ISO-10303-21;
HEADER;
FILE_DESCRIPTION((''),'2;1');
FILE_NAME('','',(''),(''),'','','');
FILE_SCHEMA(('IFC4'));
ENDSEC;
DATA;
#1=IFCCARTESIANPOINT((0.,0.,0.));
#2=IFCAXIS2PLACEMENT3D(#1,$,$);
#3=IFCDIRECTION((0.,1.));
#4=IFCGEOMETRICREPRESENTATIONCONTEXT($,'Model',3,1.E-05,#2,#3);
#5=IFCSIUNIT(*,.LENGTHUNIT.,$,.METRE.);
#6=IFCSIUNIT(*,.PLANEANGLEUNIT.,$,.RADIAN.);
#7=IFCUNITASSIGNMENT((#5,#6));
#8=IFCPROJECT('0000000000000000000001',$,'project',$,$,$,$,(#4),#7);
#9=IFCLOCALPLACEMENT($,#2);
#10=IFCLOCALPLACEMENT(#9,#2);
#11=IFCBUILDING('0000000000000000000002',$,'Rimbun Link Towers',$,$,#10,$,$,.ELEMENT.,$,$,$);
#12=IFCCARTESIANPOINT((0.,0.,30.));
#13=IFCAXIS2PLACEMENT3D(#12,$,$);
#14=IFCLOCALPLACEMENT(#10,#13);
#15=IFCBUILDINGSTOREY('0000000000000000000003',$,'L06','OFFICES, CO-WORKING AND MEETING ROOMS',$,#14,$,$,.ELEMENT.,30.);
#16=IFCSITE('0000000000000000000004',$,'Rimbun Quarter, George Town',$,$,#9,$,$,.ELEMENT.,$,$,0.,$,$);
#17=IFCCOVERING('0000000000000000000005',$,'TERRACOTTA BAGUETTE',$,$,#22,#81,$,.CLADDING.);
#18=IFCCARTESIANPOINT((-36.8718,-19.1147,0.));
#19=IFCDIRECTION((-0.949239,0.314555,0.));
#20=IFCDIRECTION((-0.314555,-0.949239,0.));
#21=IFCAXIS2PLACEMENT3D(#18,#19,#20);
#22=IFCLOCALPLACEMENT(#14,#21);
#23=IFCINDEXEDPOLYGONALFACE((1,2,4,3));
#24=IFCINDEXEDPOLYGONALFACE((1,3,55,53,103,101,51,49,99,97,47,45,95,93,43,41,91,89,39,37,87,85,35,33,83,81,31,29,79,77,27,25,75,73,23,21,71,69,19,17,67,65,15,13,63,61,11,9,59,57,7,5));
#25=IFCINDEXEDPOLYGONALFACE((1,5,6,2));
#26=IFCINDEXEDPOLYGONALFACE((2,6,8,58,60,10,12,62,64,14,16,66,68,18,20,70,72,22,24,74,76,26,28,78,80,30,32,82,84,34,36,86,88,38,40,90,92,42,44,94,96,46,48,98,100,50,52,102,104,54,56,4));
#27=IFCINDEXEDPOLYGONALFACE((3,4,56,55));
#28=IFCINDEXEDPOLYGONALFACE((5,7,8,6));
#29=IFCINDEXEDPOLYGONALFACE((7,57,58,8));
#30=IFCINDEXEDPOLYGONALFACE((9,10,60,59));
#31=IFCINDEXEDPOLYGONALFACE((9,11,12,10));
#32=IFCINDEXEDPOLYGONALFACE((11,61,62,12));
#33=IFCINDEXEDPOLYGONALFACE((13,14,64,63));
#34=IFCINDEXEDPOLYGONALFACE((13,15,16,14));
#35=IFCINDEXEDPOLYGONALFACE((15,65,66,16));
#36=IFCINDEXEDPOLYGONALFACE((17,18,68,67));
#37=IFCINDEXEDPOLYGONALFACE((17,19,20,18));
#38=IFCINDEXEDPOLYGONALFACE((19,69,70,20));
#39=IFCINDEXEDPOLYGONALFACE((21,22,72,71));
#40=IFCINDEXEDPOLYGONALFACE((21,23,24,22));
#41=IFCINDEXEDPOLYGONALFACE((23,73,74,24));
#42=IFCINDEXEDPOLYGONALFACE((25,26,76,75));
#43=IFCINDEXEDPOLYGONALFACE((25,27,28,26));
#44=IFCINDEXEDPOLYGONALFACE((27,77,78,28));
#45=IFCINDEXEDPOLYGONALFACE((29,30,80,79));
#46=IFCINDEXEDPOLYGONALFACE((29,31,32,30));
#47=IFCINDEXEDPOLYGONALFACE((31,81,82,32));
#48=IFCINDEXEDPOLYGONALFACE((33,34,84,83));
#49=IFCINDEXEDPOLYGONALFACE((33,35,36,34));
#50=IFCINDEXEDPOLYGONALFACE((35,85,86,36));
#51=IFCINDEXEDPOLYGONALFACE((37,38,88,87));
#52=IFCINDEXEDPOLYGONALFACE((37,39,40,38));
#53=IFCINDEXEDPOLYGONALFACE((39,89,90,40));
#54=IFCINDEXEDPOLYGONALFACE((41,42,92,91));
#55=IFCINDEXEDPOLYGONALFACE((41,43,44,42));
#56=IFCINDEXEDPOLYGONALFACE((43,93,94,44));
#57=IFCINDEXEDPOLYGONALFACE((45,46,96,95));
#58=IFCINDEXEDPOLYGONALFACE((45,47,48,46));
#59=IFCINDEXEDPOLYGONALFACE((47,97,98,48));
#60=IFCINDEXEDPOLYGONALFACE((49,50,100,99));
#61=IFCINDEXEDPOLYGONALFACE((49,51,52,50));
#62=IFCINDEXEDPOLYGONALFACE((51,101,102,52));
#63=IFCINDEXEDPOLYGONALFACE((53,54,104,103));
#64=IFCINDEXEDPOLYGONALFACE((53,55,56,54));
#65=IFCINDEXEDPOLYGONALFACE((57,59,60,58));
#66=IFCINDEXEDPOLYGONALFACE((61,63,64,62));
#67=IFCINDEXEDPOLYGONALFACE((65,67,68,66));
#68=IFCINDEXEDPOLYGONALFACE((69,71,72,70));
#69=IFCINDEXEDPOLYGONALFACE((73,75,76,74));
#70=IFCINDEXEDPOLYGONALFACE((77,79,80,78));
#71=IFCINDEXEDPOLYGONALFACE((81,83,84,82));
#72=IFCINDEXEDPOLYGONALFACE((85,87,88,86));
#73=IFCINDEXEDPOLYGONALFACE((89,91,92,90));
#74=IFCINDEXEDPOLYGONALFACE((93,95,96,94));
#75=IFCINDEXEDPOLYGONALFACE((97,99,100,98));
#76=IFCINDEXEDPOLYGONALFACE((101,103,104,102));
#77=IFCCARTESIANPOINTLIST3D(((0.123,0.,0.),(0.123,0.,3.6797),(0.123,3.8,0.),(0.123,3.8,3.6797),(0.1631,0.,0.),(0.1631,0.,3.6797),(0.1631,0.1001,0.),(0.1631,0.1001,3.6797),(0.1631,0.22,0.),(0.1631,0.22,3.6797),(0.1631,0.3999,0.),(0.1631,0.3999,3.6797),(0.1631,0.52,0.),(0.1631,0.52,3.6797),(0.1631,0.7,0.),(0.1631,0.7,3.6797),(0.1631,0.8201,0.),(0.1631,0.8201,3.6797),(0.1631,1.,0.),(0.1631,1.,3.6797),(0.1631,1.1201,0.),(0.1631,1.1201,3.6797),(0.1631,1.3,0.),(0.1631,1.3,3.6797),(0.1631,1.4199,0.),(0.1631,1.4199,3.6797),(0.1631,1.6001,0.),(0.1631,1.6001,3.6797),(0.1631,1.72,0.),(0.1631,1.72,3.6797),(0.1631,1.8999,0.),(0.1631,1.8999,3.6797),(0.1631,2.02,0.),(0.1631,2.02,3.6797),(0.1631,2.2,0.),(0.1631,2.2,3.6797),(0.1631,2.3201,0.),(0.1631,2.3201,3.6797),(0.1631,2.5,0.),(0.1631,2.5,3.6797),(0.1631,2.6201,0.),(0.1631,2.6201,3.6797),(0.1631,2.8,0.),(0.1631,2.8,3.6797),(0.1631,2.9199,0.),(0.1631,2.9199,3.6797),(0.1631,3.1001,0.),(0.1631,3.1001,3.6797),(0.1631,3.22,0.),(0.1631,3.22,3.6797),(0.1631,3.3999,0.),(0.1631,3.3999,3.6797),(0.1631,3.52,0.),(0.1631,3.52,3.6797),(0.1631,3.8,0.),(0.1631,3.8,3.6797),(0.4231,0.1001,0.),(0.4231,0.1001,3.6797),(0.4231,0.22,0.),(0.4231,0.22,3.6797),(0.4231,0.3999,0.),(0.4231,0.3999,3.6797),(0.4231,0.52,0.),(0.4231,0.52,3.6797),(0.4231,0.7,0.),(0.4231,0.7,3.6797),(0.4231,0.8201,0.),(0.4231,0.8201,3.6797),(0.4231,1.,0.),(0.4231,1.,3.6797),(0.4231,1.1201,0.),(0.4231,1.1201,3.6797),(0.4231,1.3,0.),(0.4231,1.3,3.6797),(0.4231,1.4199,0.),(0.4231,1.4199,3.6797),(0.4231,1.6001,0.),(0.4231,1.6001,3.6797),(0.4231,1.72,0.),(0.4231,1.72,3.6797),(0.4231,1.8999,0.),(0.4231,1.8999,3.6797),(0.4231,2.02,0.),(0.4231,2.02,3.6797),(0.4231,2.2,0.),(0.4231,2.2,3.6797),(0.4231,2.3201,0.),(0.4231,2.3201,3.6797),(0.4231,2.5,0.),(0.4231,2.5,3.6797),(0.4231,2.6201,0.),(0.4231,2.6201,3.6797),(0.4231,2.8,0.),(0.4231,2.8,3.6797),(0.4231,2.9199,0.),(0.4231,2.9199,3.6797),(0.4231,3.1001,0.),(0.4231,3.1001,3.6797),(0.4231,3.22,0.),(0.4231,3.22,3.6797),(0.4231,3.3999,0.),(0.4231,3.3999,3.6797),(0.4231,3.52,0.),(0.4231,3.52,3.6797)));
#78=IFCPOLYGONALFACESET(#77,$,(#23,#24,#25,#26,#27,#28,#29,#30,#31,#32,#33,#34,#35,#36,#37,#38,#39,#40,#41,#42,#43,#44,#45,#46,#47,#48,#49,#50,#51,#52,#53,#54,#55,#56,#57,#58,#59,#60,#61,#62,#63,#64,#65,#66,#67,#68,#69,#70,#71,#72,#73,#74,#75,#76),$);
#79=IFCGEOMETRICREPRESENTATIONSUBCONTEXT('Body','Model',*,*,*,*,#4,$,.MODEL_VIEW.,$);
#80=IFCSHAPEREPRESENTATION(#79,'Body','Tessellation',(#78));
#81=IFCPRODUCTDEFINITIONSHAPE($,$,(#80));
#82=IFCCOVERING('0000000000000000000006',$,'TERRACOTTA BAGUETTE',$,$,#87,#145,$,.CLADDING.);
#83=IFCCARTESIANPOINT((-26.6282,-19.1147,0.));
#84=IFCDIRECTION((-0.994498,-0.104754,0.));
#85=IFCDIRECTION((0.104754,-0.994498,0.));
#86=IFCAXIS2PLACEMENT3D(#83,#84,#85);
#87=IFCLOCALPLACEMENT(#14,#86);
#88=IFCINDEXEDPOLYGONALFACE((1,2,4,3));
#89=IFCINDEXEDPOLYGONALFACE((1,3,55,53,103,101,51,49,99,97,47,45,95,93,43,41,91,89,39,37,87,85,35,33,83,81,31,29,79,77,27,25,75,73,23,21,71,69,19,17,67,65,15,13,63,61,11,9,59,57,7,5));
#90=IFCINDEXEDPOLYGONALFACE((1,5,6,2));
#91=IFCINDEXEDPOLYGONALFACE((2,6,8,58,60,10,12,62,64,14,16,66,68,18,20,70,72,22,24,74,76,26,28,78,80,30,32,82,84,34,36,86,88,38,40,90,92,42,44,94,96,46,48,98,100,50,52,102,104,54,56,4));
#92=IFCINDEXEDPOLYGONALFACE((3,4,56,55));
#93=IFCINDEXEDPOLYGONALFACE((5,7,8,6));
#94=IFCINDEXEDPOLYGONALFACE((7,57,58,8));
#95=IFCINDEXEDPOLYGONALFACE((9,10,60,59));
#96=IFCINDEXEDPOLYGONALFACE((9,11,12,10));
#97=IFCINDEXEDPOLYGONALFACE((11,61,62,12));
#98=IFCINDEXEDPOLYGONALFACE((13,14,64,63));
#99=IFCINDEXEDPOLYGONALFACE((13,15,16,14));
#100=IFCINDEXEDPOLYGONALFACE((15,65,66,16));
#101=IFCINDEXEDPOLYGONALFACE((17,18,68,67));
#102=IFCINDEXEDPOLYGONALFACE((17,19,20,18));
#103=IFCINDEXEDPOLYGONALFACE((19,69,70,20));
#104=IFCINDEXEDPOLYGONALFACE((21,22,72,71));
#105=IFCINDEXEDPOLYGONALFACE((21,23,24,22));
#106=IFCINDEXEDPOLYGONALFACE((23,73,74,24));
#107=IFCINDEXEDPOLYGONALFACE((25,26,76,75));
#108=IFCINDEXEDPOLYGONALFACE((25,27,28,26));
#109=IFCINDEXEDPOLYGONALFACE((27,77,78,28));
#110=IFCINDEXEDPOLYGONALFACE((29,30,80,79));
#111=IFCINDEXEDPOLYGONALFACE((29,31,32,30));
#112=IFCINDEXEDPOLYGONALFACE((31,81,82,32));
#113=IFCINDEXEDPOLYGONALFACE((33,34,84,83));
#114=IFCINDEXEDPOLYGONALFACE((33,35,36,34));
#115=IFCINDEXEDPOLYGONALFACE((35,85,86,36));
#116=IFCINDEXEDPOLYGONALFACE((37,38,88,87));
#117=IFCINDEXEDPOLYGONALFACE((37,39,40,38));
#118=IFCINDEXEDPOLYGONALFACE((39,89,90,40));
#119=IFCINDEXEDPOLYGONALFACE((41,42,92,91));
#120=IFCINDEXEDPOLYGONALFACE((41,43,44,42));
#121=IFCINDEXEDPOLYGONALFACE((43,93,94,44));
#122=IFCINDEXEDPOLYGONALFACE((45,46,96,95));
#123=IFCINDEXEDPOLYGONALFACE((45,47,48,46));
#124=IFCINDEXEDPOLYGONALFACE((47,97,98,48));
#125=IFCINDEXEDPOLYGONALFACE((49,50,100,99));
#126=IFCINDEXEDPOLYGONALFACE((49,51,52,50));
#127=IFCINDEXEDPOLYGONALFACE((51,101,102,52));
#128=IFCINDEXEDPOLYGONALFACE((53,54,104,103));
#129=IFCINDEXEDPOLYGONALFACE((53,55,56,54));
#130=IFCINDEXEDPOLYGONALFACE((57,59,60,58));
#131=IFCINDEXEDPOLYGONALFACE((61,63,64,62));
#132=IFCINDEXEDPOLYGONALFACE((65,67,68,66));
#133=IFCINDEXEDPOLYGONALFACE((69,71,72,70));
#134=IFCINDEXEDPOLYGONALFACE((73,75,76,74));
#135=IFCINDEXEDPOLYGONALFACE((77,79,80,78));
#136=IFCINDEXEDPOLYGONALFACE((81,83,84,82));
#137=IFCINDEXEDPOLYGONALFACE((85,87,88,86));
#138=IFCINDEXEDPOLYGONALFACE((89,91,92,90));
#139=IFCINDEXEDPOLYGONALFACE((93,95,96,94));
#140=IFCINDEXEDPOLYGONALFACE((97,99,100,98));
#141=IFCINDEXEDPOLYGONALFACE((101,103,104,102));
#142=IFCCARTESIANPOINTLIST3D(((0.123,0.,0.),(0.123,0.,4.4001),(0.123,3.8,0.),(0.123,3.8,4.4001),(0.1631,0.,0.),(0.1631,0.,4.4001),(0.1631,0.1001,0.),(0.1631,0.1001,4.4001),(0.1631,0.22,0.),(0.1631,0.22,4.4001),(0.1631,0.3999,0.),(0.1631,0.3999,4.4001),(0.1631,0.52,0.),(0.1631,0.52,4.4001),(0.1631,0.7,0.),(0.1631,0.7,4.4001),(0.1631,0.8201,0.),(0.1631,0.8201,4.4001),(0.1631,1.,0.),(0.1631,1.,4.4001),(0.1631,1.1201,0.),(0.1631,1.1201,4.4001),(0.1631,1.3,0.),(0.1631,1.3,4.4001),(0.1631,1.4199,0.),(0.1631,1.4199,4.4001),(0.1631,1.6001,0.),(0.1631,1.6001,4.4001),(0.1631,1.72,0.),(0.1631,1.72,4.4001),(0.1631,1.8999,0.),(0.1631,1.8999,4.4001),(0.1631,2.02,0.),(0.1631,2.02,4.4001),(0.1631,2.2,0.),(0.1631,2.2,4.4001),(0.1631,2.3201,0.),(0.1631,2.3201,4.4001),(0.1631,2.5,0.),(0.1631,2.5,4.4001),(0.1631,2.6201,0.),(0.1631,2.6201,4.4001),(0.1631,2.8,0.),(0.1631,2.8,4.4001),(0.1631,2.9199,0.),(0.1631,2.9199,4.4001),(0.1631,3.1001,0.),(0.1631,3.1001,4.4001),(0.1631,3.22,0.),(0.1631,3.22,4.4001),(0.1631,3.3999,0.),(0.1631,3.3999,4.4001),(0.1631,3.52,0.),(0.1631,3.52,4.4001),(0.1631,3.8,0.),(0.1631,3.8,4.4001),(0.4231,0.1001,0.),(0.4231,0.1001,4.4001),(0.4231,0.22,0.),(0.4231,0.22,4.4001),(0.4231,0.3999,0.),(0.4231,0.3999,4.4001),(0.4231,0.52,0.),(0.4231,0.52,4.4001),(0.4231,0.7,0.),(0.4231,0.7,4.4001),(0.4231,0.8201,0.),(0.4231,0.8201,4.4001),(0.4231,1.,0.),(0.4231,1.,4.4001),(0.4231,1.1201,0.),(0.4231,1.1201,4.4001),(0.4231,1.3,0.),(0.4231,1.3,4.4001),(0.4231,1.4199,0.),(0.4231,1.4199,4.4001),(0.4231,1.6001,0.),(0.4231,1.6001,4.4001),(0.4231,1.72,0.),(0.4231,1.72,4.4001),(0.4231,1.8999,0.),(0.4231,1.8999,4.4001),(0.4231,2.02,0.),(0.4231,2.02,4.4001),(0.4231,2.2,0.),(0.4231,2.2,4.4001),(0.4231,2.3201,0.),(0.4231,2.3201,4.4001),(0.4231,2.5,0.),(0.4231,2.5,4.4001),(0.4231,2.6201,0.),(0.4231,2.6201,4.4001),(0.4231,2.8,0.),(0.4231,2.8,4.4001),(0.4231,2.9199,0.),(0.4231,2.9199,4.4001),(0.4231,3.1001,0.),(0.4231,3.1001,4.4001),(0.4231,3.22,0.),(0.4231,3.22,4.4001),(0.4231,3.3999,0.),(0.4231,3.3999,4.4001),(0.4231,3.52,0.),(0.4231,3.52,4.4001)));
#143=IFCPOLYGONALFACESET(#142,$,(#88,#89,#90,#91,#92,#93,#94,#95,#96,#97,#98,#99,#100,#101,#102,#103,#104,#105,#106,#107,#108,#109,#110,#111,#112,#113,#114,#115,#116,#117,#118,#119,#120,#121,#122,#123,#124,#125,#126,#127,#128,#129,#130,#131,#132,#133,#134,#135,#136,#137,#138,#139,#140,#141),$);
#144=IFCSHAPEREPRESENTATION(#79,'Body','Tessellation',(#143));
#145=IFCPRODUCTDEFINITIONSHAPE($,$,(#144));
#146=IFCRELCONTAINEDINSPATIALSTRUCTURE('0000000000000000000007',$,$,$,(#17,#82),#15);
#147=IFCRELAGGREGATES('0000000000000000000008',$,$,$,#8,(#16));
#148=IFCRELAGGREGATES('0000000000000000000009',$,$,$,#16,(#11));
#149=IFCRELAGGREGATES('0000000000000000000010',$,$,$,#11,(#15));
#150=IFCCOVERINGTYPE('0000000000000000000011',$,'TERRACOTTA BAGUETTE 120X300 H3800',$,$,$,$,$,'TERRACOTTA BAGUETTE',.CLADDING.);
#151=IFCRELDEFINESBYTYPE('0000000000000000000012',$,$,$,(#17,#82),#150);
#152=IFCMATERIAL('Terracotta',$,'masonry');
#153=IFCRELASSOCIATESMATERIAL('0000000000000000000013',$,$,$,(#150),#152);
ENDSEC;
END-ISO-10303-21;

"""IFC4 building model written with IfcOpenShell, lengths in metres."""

from ifc_helpers import new_model, si_unit, direction, frame, origin, place, context, subcontext, project, spatial, polyline, outline, extrude, material, material_profile, profile_set, type_object, element, save


model = new_model("IFC4")

# Units and contexts
model_context = context("Model", 3, precision=1e-05, world=origin(), true_north=direction((0.0, 1.0)))
body_context = subcontext(model_context, "Body", "Model", "MODEL_VIEW")
ifc_project = project(units=[si_unit("LENGTHUNIT", "METRE"), si_unit("PLANEANGLEUNIT", "RADIAN")], contexts=[model_context])

# Site, building, storey
site_placement = place(None, origin())
site = spatial("IfcSite", under=ifc_project, at=site_placement, Name="Rimbun Quarter, George Town", CompositionType="ELEMENT", RefElevation=0.0)
building_placement = place(site_placement, origin())
building = spatial("IfcBuilding", under=site, at=building_placement, Name="Rimbun Link Towers", CompositionType="ELEMENT")
storey_placement = place(building_placement, frame((0.0, 0.0, 30.0)))
storey = spatial("IfcBuildingStorey", under=building, at=storey_placement, Name="L06", Description="OFFICES, CO-WORKING AND MEETING ROOMS", CompositionType="ELEMENT", Elevation=30.0)

# Coverings
ifc_material_1 = material(Name="Terracotta", Category="masonry")
ifc_material_profile_1 = material_profile(ifc_material_1, outline(polyline([(0.123, 0.0), (0.1631, 0.0), (0.1631, 0.1001), (0.4231, 0.1001), (0.4231, 0.22), (0.1631, 0.22), (0.1631, 0.3999), (0.4231, 0.3999), (0.4231, 0.52), (0.1631, 0.52), (0.1631, 0.7), (0.4231, 0.7), (0.4231, 0.8201), (0.1631, 0.8201), (0.1631, 1.0), (0.4231, 1.0), (0.4231, 1.1201), (0.1631, 1.1201), (0.1631, 1.3), (0.4231, 1.3), (0.4231, 1.4199), (0.1631, 1.4199), (0.1631, 1.6001), (0.4231, 1.6001), (0.4231, 1.72), (0.1631, 1.72), (0.1631, 1.8999), (0.4231, 1.8999), (0.4231, 2.02), (0.1631, 2.02), (0.1631, 2.2), (0.4231, 2.2), (0.4231, 2.3201), (0.1631, 2.3201), (0.1631, 2.5), (0.4231, 2.5), (0.4231, 2.6201), (0.1631, 2.6201), (0.1631, 2.8), (0.4231, 2.8), (0.4231, 2.9199), (0.1631, 2.9199), (0.1631, 3.1001), (0.4231, 3.1001), (0.4231, 3.22), (0.1631, 3.22), (0.1631, 3.3999), (0.4231, 3.3999), (0.4231, 3.52), (0.1631, 3.52), (0.1631, 3.8), (0.123, 3.8), (0.123, 0.0)])), Name="BAGUETTE 120X300")
ifc_profile_set_1 = profile_set([ifc_material_profile_1], Name="Terracotta")
covering_type = type_object("IfcCoveringType", Name="TERRACOTTA BAGUETTE 120X300 H3800", ElementType="TERRACOTTA BAGUETTE", PredefinedType="CLADDING", material=ifc_profile_set_1)
covering_1_placement = place(storey_placement, frame((-36.8718, -19.1147, 0.0), z_axis=(-0.949239, 0.314555, 0.0), x_axis=(-0.314555, -0.949239, 0.0)))
element("IfcCovering", 1, at=covering_1_placement, inside=storey, type_object=covering_type, Name="TERRACOTTA BAGUETTE", PredefinedType="CLADDING", context=body_context, shape_type="SweptSolid", body=[
    extrude(outline(polyline([(0.123, 0.0), (0.1631, 0.0), (0.1631, 0.1001), (0.4231, 0.1001), (0.4231, 0.22), (0.1631, 0.22), (0.1631, 0.3999), (0.4231, 0.3999), (0.4231, 0.52), (0.1631, 0.52), (0.1631, 0.7), (0.4231, 0.7), (0.4231, 0.8201), (0.1631, 0.8201), (0.1631, 1.0), (0.4231, 1.0), (0.4231, 1.1201), (0.1631, 1.1201), (0.1631, 1.3), (0.4231, 1.3), (0.4231, 1.4199), (0.1631, 1.4199), (0.1631, 1.6001), (0.4231, 1.6001), (0.4231, 1.72), (0.1631, 1.72), (0.1631, 1.8999), (0.4231, 1.8999), (0.4231, 2.02), (0.1631, 2.02), (0.1631, 2.2), (0.4231, 2.2), (0.4231, 2.3201), (0.1631, 2.3201), (0.1631, 2.5), (0.4231, 2.5), (0.4231, 2.6201), (0.1631, 2.6201), (0.1631, 2.8), (0.4231, 2.8), (0.4231, 2.9199), (0.1631, 2.9199), (0.1631, 3.1001), (0.4231, 3.1001), (0.4231, 3.22), (0.1631, 3.22), (0.1631, 3.3999), (0.4231, 3.3999), (0.4231, 3.52), (0.1631, 3.52), (0.1631, 3.8), (0.123, 3.8), (0.123, 0.0)])), origin(), (0.0, 0.0, 1.0), 3.6797),
])
covering_2_placement = place(storey_placement, frame((-26.6282, -19.1147, 0.0), z_axis=(-0.994498, -0.104754, 0.0), x_axis=(0.104754, -0.994498, 0.0)))
element("IfcCovering", 2, at=covering_2_placement, inside=storey, type_object=covering_type, Name="TERRACOTTA BAGUETTE", PredefinedType="CLADDING", context=body_context, shape_type="SweptSolid", body=[
    extrude(outline(polyline([(0.123, 0.0), (0.1631, 0.0), (0.1631, 0.1001), (0.4231, 0.1001), (0.4231, 0.22), (0.1631, 0.22), (0.1631, 0.3999), (0.4231, 0.3999), (0.4231, 0.52), (0.1631, 0.52), (0.1631, 0.7), (0.4231, 0.7), (0.4231, 0.8201), (0.1631, 0.8201), (0.1631, 1.0), (0.4231, 1.0), (0.4231, 1.1201), (0.1631, 1.1201), (0.1631, 1.3), (0.4231, 1.3), (0.4231, 1.4199), (0.1631, 1.4199), (0.1631, 1.6001), (0.4231, 1.6001), (0.4231, 1.72), (0.1631, 1.72), (0.1631, 1.8999), (0.4231, 1.8999), (0.4231, 2.02), (0.1631, 2.02), (0.1631, 2.2), (0.4231, 2.2), (0.4231, 2.3201), (0.1631, 2.3201), (0.1631, 2.5), (0.4231, 2.5), (0.4231, 2.6201), (0.1631, 2.6201), (0.1631, 2.8), (0.4231, 2.8), (0.4231, 2.9199), (0.1631, 2.9199), (0.1631, 3.1001), (0.4231, 3.1001), (0.4231, 3.22), (0.1631, 3.22), (0.1631, 3.3999), (0.4231, 3.3999), (0.4231, 3.52), (0.1631, 3.52), (0.1631, 3.8), (0.123, 3.8), (0.123, 0.0)])), origin(), (0.0, 0.0, 1.0), 4.4001),
])

save(model, "model.ifc")
